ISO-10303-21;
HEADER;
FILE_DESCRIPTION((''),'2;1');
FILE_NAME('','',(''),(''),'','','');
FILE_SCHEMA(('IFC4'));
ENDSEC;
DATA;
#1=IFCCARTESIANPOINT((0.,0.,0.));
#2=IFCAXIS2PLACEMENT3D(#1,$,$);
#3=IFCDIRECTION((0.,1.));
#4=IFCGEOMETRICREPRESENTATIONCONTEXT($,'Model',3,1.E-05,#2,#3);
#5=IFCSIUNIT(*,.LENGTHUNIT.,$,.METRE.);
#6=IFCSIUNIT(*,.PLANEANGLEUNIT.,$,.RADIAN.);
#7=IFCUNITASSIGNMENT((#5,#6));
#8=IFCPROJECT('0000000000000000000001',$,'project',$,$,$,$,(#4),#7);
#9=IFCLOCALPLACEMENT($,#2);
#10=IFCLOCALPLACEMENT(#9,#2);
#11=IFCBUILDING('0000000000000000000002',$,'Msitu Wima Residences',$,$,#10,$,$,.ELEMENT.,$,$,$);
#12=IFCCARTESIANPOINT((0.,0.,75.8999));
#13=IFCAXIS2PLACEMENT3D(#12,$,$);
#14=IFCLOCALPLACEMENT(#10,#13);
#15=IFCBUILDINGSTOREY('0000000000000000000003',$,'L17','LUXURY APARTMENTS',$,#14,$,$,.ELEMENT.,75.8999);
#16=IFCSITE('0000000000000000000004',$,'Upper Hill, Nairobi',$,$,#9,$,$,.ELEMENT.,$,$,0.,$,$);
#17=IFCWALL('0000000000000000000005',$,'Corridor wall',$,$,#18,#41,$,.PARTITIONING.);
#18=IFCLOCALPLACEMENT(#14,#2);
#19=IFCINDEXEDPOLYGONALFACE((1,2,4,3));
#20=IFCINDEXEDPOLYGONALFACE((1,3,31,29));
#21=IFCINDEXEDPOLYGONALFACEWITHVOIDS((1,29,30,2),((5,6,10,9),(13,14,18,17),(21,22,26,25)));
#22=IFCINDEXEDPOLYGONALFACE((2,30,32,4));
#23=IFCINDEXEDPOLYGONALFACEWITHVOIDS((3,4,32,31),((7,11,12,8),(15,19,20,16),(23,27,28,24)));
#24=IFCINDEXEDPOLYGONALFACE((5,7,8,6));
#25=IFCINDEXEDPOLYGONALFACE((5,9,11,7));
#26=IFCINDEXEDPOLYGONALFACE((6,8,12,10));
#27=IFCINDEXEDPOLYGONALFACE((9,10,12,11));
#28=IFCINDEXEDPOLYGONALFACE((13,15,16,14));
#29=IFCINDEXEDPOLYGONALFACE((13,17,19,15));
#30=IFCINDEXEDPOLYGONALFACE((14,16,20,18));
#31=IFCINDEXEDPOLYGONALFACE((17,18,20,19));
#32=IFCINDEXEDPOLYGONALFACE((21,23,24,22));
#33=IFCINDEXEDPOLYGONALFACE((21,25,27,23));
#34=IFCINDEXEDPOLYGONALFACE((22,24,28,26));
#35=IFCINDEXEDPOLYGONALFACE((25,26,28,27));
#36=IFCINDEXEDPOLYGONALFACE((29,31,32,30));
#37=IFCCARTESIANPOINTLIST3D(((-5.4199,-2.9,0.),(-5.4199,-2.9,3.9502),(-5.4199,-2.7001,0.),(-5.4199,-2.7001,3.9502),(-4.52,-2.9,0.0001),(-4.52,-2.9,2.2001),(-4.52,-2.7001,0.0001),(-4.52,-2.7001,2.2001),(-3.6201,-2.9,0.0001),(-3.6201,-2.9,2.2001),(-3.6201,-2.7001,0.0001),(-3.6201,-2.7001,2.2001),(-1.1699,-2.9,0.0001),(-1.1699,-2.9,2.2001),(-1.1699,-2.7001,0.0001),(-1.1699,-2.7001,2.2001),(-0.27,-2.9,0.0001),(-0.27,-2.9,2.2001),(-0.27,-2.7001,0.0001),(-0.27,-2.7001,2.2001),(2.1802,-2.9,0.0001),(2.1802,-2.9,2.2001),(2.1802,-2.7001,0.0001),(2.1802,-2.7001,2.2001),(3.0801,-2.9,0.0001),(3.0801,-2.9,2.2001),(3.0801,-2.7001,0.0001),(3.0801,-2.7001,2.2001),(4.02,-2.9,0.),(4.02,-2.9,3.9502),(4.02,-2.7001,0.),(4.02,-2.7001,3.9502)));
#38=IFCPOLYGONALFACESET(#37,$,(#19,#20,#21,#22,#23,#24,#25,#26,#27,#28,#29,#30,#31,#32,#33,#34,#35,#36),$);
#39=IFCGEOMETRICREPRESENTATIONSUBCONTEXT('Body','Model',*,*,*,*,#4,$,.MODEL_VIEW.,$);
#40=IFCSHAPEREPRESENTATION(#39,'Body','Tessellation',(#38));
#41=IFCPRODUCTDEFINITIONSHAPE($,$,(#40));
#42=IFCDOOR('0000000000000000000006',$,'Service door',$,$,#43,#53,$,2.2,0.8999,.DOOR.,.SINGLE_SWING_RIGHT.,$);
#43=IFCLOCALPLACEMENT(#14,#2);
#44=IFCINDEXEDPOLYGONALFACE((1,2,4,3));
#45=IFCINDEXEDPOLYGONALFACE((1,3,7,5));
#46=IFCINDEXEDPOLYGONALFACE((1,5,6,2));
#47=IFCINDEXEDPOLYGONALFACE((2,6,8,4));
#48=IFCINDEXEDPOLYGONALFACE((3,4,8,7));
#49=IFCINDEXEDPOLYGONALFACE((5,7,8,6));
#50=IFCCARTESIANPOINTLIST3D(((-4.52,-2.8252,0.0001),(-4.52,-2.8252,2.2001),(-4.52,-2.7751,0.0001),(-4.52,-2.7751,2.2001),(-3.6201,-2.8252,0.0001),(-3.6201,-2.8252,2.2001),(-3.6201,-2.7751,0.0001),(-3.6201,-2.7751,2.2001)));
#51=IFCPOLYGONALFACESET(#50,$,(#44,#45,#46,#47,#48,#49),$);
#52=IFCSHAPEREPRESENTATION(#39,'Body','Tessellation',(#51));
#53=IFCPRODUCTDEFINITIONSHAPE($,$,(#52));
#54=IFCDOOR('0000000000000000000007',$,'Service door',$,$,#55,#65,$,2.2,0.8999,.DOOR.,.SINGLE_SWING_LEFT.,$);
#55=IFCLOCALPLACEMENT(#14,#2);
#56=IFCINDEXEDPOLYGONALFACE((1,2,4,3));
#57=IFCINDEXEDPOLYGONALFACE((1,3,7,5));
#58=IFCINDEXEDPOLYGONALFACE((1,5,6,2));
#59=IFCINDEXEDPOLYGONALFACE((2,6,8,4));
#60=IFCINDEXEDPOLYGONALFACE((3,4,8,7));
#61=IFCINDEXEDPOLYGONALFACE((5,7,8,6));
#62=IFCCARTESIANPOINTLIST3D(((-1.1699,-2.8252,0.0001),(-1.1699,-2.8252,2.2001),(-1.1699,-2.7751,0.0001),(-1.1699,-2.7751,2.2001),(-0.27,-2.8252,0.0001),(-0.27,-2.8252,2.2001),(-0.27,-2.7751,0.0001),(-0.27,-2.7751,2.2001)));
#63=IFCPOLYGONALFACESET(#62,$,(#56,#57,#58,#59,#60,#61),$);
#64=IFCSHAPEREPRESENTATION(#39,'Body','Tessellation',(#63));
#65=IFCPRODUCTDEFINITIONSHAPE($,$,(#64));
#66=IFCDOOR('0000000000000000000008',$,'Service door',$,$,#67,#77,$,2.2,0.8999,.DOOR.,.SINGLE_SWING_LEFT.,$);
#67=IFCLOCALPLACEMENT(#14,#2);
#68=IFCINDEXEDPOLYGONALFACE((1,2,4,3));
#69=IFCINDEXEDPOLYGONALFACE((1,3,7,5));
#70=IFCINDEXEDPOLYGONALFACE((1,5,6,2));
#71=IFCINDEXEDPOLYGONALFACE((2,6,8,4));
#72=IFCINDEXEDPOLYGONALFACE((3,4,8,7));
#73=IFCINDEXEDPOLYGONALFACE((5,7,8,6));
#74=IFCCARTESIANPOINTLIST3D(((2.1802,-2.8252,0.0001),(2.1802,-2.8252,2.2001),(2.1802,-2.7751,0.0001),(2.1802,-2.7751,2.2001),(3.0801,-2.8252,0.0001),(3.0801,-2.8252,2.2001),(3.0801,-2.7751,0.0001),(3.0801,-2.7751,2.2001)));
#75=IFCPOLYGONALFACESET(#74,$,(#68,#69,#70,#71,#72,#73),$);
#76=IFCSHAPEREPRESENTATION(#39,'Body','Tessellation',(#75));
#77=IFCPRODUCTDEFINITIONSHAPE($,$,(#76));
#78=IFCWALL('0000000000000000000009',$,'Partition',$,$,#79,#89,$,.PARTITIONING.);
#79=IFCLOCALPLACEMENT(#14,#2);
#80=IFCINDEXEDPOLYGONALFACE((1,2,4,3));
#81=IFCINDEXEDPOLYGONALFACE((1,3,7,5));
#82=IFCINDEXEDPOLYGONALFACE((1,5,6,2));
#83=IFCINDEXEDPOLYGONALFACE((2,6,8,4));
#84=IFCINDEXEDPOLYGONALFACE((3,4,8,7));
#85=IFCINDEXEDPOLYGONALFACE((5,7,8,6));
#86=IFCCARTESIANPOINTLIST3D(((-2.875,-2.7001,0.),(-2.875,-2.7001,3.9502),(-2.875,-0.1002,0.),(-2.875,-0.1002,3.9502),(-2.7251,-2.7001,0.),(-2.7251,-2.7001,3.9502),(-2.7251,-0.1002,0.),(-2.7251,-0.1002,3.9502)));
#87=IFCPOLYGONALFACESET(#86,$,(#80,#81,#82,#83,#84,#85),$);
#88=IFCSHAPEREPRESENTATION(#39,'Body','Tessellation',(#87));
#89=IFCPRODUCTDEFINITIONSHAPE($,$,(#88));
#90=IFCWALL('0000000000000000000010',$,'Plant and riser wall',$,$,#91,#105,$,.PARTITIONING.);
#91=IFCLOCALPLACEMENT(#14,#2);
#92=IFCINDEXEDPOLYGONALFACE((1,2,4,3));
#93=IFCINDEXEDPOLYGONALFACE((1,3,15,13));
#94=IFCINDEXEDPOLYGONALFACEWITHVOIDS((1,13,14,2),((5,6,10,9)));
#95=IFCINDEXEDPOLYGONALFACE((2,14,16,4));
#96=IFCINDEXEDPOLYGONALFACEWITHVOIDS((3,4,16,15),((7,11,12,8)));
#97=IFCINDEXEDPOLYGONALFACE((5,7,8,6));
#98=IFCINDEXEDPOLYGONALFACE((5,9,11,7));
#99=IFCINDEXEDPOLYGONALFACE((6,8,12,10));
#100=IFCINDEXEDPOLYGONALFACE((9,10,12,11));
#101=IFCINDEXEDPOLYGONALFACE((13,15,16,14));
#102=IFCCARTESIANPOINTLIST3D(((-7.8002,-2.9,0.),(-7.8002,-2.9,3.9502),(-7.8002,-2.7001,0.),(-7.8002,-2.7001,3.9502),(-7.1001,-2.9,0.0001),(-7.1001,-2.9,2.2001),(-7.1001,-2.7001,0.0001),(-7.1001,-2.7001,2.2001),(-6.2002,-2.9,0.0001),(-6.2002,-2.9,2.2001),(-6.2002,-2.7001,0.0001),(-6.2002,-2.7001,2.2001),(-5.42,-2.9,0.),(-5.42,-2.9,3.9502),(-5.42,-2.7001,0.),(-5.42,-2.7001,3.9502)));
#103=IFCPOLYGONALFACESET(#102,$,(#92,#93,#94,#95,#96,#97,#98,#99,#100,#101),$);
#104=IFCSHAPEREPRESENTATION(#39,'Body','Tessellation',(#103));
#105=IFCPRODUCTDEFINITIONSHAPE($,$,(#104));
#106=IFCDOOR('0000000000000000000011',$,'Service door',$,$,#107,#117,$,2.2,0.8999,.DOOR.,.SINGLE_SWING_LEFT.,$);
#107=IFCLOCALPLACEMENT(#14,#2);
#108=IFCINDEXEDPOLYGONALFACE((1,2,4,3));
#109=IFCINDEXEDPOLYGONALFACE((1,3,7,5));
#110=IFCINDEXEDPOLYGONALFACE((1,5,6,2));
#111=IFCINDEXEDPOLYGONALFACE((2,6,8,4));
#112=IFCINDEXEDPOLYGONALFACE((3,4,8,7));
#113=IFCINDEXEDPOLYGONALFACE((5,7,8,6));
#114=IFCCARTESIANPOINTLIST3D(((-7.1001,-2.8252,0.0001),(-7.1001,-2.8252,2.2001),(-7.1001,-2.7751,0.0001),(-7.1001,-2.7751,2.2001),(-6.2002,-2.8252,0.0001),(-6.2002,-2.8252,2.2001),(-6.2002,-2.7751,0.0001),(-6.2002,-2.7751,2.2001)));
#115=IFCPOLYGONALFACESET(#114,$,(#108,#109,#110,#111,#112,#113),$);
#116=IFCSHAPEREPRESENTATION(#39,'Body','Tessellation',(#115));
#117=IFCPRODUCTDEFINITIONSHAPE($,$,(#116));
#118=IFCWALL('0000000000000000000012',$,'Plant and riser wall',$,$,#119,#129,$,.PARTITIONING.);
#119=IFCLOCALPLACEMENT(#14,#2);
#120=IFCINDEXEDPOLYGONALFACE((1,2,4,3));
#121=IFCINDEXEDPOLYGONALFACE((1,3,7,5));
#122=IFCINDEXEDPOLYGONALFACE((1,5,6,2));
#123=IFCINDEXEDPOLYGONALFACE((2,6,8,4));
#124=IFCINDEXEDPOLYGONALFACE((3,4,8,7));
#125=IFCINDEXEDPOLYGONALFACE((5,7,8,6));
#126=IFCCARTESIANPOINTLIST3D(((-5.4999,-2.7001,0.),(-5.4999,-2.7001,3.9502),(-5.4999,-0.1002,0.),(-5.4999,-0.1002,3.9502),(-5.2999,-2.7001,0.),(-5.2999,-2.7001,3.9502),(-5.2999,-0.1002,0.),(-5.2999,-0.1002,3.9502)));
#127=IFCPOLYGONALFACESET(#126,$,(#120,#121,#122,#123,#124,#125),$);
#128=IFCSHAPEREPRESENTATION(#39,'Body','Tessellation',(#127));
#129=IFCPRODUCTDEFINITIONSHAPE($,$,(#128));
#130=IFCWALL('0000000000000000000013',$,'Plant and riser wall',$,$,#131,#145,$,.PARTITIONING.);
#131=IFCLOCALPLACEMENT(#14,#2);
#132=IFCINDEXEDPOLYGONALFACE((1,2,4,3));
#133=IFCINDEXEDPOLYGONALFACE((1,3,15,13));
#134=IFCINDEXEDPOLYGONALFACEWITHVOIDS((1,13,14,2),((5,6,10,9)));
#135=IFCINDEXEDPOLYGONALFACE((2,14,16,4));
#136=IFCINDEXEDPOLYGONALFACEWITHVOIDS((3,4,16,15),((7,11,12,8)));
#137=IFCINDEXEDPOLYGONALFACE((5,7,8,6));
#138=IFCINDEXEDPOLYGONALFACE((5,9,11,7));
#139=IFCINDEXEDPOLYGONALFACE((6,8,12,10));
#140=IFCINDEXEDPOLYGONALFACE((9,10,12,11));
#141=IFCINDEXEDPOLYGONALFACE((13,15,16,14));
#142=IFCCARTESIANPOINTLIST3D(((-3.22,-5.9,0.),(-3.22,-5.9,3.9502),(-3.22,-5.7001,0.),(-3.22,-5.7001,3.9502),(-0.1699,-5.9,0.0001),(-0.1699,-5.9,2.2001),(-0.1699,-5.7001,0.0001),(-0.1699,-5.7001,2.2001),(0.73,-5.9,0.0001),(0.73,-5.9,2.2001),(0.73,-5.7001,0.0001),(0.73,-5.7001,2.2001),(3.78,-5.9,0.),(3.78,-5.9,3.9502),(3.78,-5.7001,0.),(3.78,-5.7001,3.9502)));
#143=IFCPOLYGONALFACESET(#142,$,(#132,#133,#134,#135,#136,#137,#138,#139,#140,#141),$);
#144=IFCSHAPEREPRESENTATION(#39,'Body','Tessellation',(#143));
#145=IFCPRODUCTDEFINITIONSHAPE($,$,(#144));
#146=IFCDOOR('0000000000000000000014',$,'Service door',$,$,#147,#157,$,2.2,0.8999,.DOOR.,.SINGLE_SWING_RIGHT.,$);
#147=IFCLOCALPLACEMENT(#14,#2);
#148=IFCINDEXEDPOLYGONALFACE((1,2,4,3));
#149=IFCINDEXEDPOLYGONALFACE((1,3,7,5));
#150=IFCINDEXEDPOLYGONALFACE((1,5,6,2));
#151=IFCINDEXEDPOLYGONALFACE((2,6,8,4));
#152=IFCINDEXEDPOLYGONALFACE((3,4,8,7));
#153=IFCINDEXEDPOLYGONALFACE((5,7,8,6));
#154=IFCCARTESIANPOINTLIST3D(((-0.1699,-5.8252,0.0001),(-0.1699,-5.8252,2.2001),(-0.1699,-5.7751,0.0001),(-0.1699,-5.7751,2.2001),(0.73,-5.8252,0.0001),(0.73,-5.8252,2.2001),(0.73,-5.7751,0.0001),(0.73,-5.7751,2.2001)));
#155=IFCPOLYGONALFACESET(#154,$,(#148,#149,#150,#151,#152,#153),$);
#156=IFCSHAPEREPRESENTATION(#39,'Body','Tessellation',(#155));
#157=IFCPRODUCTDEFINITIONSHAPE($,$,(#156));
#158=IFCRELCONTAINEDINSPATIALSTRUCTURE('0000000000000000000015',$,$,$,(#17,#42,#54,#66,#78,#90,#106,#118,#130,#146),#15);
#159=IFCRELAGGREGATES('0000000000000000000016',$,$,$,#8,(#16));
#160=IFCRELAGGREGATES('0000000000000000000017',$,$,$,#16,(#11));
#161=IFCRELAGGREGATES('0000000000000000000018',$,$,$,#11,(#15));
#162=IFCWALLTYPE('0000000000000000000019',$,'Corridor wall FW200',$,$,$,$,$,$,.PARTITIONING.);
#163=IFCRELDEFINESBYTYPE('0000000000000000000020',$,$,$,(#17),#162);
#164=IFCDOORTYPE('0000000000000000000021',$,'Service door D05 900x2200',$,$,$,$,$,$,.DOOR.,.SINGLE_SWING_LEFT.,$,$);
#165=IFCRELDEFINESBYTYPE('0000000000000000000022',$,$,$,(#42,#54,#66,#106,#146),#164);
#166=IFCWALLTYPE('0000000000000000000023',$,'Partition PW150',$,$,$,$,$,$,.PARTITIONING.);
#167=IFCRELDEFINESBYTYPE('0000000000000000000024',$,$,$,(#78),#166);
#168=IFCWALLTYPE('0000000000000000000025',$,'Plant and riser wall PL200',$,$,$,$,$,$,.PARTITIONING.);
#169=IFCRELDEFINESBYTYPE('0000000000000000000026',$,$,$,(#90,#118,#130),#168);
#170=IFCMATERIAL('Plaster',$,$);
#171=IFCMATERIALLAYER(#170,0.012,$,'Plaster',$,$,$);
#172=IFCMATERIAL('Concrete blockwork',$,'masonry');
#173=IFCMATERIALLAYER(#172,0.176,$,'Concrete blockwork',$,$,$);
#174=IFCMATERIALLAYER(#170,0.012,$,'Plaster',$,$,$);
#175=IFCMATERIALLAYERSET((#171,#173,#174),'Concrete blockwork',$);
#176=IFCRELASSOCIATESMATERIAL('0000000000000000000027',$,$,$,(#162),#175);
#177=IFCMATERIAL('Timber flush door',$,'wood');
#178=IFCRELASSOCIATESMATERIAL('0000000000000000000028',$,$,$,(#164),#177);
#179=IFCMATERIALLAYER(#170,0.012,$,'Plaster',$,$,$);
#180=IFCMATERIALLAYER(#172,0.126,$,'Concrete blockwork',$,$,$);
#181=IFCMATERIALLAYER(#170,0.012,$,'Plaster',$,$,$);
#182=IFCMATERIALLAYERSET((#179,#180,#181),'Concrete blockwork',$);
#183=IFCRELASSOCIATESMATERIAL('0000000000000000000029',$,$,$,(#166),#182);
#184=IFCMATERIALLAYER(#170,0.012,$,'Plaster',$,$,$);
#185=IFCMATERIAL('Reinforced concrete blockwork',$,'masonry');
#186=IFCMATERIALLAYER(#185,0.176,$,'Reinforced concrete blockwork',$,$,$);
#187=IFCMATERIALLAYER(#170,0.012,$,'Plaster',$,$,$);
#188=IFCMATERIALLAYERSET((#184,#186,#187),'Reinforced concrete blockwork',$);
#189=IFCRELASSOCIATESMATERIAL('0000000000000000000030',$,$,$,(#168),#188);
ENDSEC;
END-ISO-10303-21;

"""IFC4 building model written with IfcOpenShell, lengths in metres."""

from ifc_helpers import new_model, si_unit, direction, frame, frame_2d, origin, place, context, subcontext, project, spatial, rectangle, extrude, material, layer, layer_set, type_object, element, fill, save


model = new_model("IFC4")

# Units and contexts
model_context = context("Model", 3, precision=1e-05, world=origin(), true_north=direction((0.0, 1.0)))
body_context = subcontext(model_context, "Body", "Model", "MODEL_VIEW")
ifc_project = project(units=[si_unit("LENGTHUNIT", "METRE"), si_unit("PLANEANGLEUNIT", "RADIAN")], contexts=[model_context])

# Site, building, storey
site_placement = place(None, origin())
site = spatial("IfcSite", under=ifc_project, at=site_placement, Name="Upper Hill, Nairobi", CompositionType="ELEMENT", RefElevation=0.0)
building_placement = place(site_placement, origin())
building = spatial("IfcBuilding", under=site, at=building_placement, Name="Msitu Wima Residences", CompositionType="ELEMENT")
storey_placement = place(building_placement, frame((0.0, 0.0, 75.8999)))
storey = spatial("IfcBuildingStorey", under=building, at=storey_placement, Name="L17", Description="LUXURY APARTMENTS", CompositionType="ELEMENT", Elevation=75.8999)

# Shared definitions
ifc_material_1 = material(Name="Plaster")
ifc_layer_1 = layer(ifc_material_1, 0.012, Name="Plaster")
ifc_material_2 = material(Name="Concrete blockwork", Category="masonry")
ifc_layer_2 = layer(ifc_material_2, 0.176, Name="Concrete blockwork")
ifc_layer_3 = layer(ifc_material_1, 0.012, Name="Plaster")
ifc_layer_set_1 = layer_set([ifc_layer_1, ifc_layer_2, ifc_layer_3], Name="Concrete blockwork")
wall_type_1 = type_object("IfcWallType", Name="Corridor wall FW200", PredefinedType="PARTITIONING", material=ifc_layer_set_1)
ifc_material_3 = material(Name="Timber flush door", Category="wood")
door_type_1 = type_object("IfcDoorType", Name="Service door D05 900x2200", OperationType="SINGLE_SWING_LEFT", PredefinedType="DOOR", material=ifc_material_3)

# Wall, openings, doors
wall_1_placement = place(storey_placement, frame((-5.4199, -2.8, 0.0), z_axis=(0.0, 0.0, 1.0), x_axis=(1.0, 0.0, 0.0)))
wall_1 = element("IfcWall", 1, at=wall_1_placement, inside=storey, type_object=wall_type_1, Name="Corridor wall", PredefinedType="PARTITIONING", context=body_context, shape_type="SweptSolid", body=[
    extrude(rectangle(XDim=9.4399, YDim=0.2, at=frame_2d((4.72, 0.0))), origin(), (0.0, 0.0, 1.0), 3.9502),
])
opening_1_placement = place(wall_1_placement, frame((0.8999, 0.0, 0.0)))
opening_1 = element("IfcOpeningElement", 2, at=opening_1_placement, cuts=wall_1, PredefinedType="OPENING", context=body_context, shape_type="SweptSolid", body=[
    extrude(rectangle(XDim=0.8999, YDim=2.2, at=frame_2d((0.45, 1.1001))), frame((0.0, 0.1099, 0.0), z_axis=(0.0, -1.0, 0.0), x_axis=(1.0, 0.0, 0.0)), (0.0, 0.0, 1.0), 0.22),
])
opening_2_placement = place(wall_1_placement, frame((4.25, 0.0, 0.0)))
opening_2 = element("IfcOpeningElement", 3, at=opening_2_placement, cuts=wall_1, PredefinedType="OPENING", context=body_context, shape_type="SweptSolid", body=[
    extrude(rectangle(XDim=0.8999, YDim=2.2, at=frame_2d((0.45, 1.1001))), frame((0.0, 0.1099, 0.0), z_axis=(0.0, -1.0, 0.0), x_axis=(1.0, 0.0, 0.0)), (0.0, 0.0, 1.0), 0.22),
])
opening_3_placement = place(wall_1_placement, frame((7.6001, 0.0, 0.0)))
opening_3 = element("IfcOpeningElement", 4, at=opening_3_placement, cuts=wall_1, PredefinedType="OPENING", context=body_context, shape_type="SweptSolid", body=[
    extrude(rectangle(XDim=0.8999, YDim=2.2, at=frame_2d((0.45, 1.1001))), frame((0.0, 0.1099, 0.0), z_axis=(0.0, -1.0, 0.0), x_axis=(1.0, 0.0, 0.0)), (0.0, 0.0, 1.0), 0.22),
])
door_1_placement = place(opening_1_placement, origin())
door_1 = element("IfcDoor", 5, at=door_1_placement, inside=storey, type_object=door_type_1, Name="Service door", OperationType="SINGLE_SWING_RIGHT", OverallHeight=2.2, OverallWidth=0.8999, PredefinedType="DOOR", context=body_context, shape_type="SweptSolid", body=[
    extrude(rectangle(XDim=0.8999, YDim=2.2, at=frame_2d((0.45, 1.1001))), frame((0.0, 0.0249, 0.0), z_axis=(0.0, -1.0, 0.0), x_axis=(1.0, 0.0, 0.0)), (0.0, 0.0, 1.0), 0.05),
])
fill(opening_1, door_1)
door_2_placement = place(opening_2_placement, origin())
door_2 = element("IfcDoor", 6, at=door_2_placement, inside=storey, type_object=door_type_1, Name="Service door", OperationType="SINGLE_SWING_LEFT", OverallHeight=2.2, OverallWidth=0.8999, PredefinedType="DOOR", context=body_context, shape_type="SweptSolid", body=[
    extrude(rectangle(XDim=0.8999, YDim=2.2, at=frame_2d((0.45, 1.1001))), frame((0.0, 0.0249, 0.0), z_axis=(0.0, -1.0, 0.0), x_axis=(1.0, 0.0, 0.0)), (0.0, 0.0, 1.0), 0.05),
])
fill(opening_2, door_2)
door_3_placement = place(opening_3_placement, origin())
door_3 = element("IfcDoor", 7, at=door_3_placement, inside=storey, type_object=door_type_1, Name="Service door", OperationType="SINGLE_SWING_LEFT", OverallHeight=2.2, OverallWidth=0.8999, PredefinedType="DOOR", context=body_context, shape_type="SweptSolid", body=[
    extrude(rectangle(XDim=0.8999, YDim=2.2, at=frame_2d((0.45, 1.1001))), frame((0.0, 0.0249, 0.0), z_axis=(0.0, -1.0, 0.0), x_axis=(1.0, 0.0, 0.0)), (0.0, 0.0, 1.0), 0.05),
])
fill(opening_3, door_3)

# Wall
ifc_layer_4 = layer(ifc_material_1, 0.012, Name="Plaster")
ifc_layer_5 = layer(ifc_material_2, 0.126, Name="Concrete blockwork")
ifc_layer_6 = layer(ifc_material_1, 0.012, Name="Plaster")
ifc_layer_set_2 = layer_set([ifc_layer_4, ifc_layer_5, ifc_layer_6], Name="Concrete blockwork")
wall_type_2 = type_object("IfcWallType", Name="Partition PW150", PredefinedType="PARTITIONING", material=ifc_layer_set_2)
wall_2_placement = place(storey_placement, frame((-2.8, -2.7, 0.0), z_axis=(0.0, 0.0, 1.0), x_axis=(0.0, 1.0, 0.0)))
element("IfcWall", 8, at=wall_2_placement, inside=storey, type_object=wall_type_2, Name="Partition", PredefinedType="PARTITIONING", context=body_context, shape_type="SweptSolid", body=[
    extrude(rectangle(XDim=2.5999, YDim=0.1499, at=frame_2d((1.2998, 0.0))), origin(), (0.0, 0.0, 1.0), 3.9502),
])

# Wall, opening, door
ifc_layer_7 = layer(ifc_material_1, 0.012, Name="Plaster")
ifc_material_4 = material(Name="Reinforced concrete blockwork", Category="masonry")
ifc_layer_8 = layer(ifc_material_4, 0.176, Name="Reinforced concrete blockwork")
ifc_layer_9 = layer(ifc_material_1, 0.012, Name="Plaster")
ifc_layer_set_3 = layer_set([ifc_layer_7, ifc_layer_8, ifc_layer_9], Name="Reinforced concrete blockwork")
wall_type_3 = type_object("IfcWallType", Name="Plant and riser wall PL200", PredefinedType="PARTITIONING", material=ifc_layer_set_3)
wall_3_placement = place(storey_placement, frame((-7.8, -2.8, 0.0), z_axis=(0.0, 0.0, 1.0), x_axis=(1.0, 0.0, 0.0)))
wall_3 = element("IfcWall", 9, at=wall_3_placement, inside=storey, type_object=wall_type_3, Name="Plant and riser wall", PredefinedType="PARTITIONING", context=body_context, shape_type="SweptSolid", body=[
    extrude(rectangle(XDim=2.3801, YDim=0.2, at=frame_2d((1.1899, 0.0))), origin(), (0.0, 0.0, 1.0), 3.9502),
])
opening_4_placement = place(wall_3_placement, frame((0.7, 0.0, 0.0)))
opening_4 = element("IfcOpeningElement", 10, at=opening_4_placement, cuts=wall_3, PredefinedType="OPENING", context=body_context, shape_type="SweptSolid", body=[
    extrude(rectangle(XDim=0.8999, YDim=2.2, at=frame_2d((0.45, 1.1001))), frame((0.0, 0.1099, 0.0), z_axis=(0.0, -1.0, 0.0), x_axis=(1.0, 0.0, 0.0)), (0.0, 0.0, 1.0), 0.22),
])
door_4_placement = place(opening_4_placement, origin())
door_4 = element("IfcDoor", 11, at=door_4_placement, inside=storey, type_object=door_type_1, Name="Service door", OperationType="SINGLE_SWING_LEFT", OverallHeight=2.2, OverallWidth=0.8999, PredefinedType="DOOR", context=body_context, shape_type="SweptSolid", body=[
    extrude(rectangle(XDim=0.8999, YDim=2.2, at=frame_2d((0.45, 1.1001))), frame((0.0, 0.0249, 0.0), z_axis=(0.0, -1.0, 0.0), x_axis=(1.0, 0.0, 0.0)), (0.0, 0.0, 1.0), 0.05),
])
fill(opening_4, door_4)

# Wall
wall_4_placement = place(storey_placement, frame((-5.3999, -2.7, 0.0), z_axis=(0.0, 0.0, 1.0), x_axis=(0.0, 1.0, 0.0)))
element("IfcWall", 12, at=wall_4_placement, inside=storey, type_object=wall_type_3, Name="Plant and riser wall", PredefinedType="PARTITIONING", context=body_context, shape_type="SweptSolid", body=[
    extrude(rectangle(XDim=2.5999, YDim=0.2, at=frame_2d((1.2998, 0.0))), origin(), (0.0, 0.0, 1.0), 3.9502),
])

# Wall, opening, door
wall_5_placement = place(storey_placement, frame((-3.22, -5.8, 0.0), z_axis=(0.0, 0.0, 1.0), x_axis=(1.0, 0.0, 0.0)))
wall_5 = element("IfcWall", 13, at=wall_5_placement, inside=storey, type_object=wall_type_3, Name="Plant and riser wall", PredefinedType="PARTITIONING", context=body_context, shape_type="SweptSolid", body=[
    extrude(rectangle(XDim=7.0, YDim=0.2, at=frame_2d((3.5, 0.0))), origin(), (0.0, 0.0, 1.0), 3.9502),
])
opening_5_placement = place(wall_5_placement, frame((3.05, 0.0, 0.0)))
opening_5 = element("IfcOpeningElement", 14, at=opening_5_placement, cuts=wall_5, PredefinedType="OPENING", context=body_context, shape_type="SweptSolid", body=[
    extrude(rectangle(XDim=0.8999, YDim=2.2, at=frame_2d((0.45, 1.1001))), frame((0.0, 0.1099, 0.0), z_axis=(0.0, -1.0, 0.0), x_axis=(1.0, 0.0, 0.0)), (0.0, 0.0, 1.0), 0.22),
])
door_5_placement = place(opening_5_placement, origin())
door_5 = element("IfcDoor", 15, at=door_5_placement, inside=storey, type_object=door_type_1, Name="Service door", OperationType="SINGLE_SWING_RIGHT", OverallHeight=2.2, OverallWidth=0.8999, PredefinedType="DOOR", context=body_context, shape_type="SweptSolid", body=[
    extrude(rectangle(XDim=0.8999, YDim=2.2, at=frame_2d((0.45, 1.1001))), frame((0.0, 0.0249, 0.0), z_axis=(0.0, -1.0, 0.0), x_axis=(1.0, 0.0, 0.0)), (0.0, 0.0, 1.0), 0.05),
])
fill(opening_5, door_5)

save(model, "model.ifc")
